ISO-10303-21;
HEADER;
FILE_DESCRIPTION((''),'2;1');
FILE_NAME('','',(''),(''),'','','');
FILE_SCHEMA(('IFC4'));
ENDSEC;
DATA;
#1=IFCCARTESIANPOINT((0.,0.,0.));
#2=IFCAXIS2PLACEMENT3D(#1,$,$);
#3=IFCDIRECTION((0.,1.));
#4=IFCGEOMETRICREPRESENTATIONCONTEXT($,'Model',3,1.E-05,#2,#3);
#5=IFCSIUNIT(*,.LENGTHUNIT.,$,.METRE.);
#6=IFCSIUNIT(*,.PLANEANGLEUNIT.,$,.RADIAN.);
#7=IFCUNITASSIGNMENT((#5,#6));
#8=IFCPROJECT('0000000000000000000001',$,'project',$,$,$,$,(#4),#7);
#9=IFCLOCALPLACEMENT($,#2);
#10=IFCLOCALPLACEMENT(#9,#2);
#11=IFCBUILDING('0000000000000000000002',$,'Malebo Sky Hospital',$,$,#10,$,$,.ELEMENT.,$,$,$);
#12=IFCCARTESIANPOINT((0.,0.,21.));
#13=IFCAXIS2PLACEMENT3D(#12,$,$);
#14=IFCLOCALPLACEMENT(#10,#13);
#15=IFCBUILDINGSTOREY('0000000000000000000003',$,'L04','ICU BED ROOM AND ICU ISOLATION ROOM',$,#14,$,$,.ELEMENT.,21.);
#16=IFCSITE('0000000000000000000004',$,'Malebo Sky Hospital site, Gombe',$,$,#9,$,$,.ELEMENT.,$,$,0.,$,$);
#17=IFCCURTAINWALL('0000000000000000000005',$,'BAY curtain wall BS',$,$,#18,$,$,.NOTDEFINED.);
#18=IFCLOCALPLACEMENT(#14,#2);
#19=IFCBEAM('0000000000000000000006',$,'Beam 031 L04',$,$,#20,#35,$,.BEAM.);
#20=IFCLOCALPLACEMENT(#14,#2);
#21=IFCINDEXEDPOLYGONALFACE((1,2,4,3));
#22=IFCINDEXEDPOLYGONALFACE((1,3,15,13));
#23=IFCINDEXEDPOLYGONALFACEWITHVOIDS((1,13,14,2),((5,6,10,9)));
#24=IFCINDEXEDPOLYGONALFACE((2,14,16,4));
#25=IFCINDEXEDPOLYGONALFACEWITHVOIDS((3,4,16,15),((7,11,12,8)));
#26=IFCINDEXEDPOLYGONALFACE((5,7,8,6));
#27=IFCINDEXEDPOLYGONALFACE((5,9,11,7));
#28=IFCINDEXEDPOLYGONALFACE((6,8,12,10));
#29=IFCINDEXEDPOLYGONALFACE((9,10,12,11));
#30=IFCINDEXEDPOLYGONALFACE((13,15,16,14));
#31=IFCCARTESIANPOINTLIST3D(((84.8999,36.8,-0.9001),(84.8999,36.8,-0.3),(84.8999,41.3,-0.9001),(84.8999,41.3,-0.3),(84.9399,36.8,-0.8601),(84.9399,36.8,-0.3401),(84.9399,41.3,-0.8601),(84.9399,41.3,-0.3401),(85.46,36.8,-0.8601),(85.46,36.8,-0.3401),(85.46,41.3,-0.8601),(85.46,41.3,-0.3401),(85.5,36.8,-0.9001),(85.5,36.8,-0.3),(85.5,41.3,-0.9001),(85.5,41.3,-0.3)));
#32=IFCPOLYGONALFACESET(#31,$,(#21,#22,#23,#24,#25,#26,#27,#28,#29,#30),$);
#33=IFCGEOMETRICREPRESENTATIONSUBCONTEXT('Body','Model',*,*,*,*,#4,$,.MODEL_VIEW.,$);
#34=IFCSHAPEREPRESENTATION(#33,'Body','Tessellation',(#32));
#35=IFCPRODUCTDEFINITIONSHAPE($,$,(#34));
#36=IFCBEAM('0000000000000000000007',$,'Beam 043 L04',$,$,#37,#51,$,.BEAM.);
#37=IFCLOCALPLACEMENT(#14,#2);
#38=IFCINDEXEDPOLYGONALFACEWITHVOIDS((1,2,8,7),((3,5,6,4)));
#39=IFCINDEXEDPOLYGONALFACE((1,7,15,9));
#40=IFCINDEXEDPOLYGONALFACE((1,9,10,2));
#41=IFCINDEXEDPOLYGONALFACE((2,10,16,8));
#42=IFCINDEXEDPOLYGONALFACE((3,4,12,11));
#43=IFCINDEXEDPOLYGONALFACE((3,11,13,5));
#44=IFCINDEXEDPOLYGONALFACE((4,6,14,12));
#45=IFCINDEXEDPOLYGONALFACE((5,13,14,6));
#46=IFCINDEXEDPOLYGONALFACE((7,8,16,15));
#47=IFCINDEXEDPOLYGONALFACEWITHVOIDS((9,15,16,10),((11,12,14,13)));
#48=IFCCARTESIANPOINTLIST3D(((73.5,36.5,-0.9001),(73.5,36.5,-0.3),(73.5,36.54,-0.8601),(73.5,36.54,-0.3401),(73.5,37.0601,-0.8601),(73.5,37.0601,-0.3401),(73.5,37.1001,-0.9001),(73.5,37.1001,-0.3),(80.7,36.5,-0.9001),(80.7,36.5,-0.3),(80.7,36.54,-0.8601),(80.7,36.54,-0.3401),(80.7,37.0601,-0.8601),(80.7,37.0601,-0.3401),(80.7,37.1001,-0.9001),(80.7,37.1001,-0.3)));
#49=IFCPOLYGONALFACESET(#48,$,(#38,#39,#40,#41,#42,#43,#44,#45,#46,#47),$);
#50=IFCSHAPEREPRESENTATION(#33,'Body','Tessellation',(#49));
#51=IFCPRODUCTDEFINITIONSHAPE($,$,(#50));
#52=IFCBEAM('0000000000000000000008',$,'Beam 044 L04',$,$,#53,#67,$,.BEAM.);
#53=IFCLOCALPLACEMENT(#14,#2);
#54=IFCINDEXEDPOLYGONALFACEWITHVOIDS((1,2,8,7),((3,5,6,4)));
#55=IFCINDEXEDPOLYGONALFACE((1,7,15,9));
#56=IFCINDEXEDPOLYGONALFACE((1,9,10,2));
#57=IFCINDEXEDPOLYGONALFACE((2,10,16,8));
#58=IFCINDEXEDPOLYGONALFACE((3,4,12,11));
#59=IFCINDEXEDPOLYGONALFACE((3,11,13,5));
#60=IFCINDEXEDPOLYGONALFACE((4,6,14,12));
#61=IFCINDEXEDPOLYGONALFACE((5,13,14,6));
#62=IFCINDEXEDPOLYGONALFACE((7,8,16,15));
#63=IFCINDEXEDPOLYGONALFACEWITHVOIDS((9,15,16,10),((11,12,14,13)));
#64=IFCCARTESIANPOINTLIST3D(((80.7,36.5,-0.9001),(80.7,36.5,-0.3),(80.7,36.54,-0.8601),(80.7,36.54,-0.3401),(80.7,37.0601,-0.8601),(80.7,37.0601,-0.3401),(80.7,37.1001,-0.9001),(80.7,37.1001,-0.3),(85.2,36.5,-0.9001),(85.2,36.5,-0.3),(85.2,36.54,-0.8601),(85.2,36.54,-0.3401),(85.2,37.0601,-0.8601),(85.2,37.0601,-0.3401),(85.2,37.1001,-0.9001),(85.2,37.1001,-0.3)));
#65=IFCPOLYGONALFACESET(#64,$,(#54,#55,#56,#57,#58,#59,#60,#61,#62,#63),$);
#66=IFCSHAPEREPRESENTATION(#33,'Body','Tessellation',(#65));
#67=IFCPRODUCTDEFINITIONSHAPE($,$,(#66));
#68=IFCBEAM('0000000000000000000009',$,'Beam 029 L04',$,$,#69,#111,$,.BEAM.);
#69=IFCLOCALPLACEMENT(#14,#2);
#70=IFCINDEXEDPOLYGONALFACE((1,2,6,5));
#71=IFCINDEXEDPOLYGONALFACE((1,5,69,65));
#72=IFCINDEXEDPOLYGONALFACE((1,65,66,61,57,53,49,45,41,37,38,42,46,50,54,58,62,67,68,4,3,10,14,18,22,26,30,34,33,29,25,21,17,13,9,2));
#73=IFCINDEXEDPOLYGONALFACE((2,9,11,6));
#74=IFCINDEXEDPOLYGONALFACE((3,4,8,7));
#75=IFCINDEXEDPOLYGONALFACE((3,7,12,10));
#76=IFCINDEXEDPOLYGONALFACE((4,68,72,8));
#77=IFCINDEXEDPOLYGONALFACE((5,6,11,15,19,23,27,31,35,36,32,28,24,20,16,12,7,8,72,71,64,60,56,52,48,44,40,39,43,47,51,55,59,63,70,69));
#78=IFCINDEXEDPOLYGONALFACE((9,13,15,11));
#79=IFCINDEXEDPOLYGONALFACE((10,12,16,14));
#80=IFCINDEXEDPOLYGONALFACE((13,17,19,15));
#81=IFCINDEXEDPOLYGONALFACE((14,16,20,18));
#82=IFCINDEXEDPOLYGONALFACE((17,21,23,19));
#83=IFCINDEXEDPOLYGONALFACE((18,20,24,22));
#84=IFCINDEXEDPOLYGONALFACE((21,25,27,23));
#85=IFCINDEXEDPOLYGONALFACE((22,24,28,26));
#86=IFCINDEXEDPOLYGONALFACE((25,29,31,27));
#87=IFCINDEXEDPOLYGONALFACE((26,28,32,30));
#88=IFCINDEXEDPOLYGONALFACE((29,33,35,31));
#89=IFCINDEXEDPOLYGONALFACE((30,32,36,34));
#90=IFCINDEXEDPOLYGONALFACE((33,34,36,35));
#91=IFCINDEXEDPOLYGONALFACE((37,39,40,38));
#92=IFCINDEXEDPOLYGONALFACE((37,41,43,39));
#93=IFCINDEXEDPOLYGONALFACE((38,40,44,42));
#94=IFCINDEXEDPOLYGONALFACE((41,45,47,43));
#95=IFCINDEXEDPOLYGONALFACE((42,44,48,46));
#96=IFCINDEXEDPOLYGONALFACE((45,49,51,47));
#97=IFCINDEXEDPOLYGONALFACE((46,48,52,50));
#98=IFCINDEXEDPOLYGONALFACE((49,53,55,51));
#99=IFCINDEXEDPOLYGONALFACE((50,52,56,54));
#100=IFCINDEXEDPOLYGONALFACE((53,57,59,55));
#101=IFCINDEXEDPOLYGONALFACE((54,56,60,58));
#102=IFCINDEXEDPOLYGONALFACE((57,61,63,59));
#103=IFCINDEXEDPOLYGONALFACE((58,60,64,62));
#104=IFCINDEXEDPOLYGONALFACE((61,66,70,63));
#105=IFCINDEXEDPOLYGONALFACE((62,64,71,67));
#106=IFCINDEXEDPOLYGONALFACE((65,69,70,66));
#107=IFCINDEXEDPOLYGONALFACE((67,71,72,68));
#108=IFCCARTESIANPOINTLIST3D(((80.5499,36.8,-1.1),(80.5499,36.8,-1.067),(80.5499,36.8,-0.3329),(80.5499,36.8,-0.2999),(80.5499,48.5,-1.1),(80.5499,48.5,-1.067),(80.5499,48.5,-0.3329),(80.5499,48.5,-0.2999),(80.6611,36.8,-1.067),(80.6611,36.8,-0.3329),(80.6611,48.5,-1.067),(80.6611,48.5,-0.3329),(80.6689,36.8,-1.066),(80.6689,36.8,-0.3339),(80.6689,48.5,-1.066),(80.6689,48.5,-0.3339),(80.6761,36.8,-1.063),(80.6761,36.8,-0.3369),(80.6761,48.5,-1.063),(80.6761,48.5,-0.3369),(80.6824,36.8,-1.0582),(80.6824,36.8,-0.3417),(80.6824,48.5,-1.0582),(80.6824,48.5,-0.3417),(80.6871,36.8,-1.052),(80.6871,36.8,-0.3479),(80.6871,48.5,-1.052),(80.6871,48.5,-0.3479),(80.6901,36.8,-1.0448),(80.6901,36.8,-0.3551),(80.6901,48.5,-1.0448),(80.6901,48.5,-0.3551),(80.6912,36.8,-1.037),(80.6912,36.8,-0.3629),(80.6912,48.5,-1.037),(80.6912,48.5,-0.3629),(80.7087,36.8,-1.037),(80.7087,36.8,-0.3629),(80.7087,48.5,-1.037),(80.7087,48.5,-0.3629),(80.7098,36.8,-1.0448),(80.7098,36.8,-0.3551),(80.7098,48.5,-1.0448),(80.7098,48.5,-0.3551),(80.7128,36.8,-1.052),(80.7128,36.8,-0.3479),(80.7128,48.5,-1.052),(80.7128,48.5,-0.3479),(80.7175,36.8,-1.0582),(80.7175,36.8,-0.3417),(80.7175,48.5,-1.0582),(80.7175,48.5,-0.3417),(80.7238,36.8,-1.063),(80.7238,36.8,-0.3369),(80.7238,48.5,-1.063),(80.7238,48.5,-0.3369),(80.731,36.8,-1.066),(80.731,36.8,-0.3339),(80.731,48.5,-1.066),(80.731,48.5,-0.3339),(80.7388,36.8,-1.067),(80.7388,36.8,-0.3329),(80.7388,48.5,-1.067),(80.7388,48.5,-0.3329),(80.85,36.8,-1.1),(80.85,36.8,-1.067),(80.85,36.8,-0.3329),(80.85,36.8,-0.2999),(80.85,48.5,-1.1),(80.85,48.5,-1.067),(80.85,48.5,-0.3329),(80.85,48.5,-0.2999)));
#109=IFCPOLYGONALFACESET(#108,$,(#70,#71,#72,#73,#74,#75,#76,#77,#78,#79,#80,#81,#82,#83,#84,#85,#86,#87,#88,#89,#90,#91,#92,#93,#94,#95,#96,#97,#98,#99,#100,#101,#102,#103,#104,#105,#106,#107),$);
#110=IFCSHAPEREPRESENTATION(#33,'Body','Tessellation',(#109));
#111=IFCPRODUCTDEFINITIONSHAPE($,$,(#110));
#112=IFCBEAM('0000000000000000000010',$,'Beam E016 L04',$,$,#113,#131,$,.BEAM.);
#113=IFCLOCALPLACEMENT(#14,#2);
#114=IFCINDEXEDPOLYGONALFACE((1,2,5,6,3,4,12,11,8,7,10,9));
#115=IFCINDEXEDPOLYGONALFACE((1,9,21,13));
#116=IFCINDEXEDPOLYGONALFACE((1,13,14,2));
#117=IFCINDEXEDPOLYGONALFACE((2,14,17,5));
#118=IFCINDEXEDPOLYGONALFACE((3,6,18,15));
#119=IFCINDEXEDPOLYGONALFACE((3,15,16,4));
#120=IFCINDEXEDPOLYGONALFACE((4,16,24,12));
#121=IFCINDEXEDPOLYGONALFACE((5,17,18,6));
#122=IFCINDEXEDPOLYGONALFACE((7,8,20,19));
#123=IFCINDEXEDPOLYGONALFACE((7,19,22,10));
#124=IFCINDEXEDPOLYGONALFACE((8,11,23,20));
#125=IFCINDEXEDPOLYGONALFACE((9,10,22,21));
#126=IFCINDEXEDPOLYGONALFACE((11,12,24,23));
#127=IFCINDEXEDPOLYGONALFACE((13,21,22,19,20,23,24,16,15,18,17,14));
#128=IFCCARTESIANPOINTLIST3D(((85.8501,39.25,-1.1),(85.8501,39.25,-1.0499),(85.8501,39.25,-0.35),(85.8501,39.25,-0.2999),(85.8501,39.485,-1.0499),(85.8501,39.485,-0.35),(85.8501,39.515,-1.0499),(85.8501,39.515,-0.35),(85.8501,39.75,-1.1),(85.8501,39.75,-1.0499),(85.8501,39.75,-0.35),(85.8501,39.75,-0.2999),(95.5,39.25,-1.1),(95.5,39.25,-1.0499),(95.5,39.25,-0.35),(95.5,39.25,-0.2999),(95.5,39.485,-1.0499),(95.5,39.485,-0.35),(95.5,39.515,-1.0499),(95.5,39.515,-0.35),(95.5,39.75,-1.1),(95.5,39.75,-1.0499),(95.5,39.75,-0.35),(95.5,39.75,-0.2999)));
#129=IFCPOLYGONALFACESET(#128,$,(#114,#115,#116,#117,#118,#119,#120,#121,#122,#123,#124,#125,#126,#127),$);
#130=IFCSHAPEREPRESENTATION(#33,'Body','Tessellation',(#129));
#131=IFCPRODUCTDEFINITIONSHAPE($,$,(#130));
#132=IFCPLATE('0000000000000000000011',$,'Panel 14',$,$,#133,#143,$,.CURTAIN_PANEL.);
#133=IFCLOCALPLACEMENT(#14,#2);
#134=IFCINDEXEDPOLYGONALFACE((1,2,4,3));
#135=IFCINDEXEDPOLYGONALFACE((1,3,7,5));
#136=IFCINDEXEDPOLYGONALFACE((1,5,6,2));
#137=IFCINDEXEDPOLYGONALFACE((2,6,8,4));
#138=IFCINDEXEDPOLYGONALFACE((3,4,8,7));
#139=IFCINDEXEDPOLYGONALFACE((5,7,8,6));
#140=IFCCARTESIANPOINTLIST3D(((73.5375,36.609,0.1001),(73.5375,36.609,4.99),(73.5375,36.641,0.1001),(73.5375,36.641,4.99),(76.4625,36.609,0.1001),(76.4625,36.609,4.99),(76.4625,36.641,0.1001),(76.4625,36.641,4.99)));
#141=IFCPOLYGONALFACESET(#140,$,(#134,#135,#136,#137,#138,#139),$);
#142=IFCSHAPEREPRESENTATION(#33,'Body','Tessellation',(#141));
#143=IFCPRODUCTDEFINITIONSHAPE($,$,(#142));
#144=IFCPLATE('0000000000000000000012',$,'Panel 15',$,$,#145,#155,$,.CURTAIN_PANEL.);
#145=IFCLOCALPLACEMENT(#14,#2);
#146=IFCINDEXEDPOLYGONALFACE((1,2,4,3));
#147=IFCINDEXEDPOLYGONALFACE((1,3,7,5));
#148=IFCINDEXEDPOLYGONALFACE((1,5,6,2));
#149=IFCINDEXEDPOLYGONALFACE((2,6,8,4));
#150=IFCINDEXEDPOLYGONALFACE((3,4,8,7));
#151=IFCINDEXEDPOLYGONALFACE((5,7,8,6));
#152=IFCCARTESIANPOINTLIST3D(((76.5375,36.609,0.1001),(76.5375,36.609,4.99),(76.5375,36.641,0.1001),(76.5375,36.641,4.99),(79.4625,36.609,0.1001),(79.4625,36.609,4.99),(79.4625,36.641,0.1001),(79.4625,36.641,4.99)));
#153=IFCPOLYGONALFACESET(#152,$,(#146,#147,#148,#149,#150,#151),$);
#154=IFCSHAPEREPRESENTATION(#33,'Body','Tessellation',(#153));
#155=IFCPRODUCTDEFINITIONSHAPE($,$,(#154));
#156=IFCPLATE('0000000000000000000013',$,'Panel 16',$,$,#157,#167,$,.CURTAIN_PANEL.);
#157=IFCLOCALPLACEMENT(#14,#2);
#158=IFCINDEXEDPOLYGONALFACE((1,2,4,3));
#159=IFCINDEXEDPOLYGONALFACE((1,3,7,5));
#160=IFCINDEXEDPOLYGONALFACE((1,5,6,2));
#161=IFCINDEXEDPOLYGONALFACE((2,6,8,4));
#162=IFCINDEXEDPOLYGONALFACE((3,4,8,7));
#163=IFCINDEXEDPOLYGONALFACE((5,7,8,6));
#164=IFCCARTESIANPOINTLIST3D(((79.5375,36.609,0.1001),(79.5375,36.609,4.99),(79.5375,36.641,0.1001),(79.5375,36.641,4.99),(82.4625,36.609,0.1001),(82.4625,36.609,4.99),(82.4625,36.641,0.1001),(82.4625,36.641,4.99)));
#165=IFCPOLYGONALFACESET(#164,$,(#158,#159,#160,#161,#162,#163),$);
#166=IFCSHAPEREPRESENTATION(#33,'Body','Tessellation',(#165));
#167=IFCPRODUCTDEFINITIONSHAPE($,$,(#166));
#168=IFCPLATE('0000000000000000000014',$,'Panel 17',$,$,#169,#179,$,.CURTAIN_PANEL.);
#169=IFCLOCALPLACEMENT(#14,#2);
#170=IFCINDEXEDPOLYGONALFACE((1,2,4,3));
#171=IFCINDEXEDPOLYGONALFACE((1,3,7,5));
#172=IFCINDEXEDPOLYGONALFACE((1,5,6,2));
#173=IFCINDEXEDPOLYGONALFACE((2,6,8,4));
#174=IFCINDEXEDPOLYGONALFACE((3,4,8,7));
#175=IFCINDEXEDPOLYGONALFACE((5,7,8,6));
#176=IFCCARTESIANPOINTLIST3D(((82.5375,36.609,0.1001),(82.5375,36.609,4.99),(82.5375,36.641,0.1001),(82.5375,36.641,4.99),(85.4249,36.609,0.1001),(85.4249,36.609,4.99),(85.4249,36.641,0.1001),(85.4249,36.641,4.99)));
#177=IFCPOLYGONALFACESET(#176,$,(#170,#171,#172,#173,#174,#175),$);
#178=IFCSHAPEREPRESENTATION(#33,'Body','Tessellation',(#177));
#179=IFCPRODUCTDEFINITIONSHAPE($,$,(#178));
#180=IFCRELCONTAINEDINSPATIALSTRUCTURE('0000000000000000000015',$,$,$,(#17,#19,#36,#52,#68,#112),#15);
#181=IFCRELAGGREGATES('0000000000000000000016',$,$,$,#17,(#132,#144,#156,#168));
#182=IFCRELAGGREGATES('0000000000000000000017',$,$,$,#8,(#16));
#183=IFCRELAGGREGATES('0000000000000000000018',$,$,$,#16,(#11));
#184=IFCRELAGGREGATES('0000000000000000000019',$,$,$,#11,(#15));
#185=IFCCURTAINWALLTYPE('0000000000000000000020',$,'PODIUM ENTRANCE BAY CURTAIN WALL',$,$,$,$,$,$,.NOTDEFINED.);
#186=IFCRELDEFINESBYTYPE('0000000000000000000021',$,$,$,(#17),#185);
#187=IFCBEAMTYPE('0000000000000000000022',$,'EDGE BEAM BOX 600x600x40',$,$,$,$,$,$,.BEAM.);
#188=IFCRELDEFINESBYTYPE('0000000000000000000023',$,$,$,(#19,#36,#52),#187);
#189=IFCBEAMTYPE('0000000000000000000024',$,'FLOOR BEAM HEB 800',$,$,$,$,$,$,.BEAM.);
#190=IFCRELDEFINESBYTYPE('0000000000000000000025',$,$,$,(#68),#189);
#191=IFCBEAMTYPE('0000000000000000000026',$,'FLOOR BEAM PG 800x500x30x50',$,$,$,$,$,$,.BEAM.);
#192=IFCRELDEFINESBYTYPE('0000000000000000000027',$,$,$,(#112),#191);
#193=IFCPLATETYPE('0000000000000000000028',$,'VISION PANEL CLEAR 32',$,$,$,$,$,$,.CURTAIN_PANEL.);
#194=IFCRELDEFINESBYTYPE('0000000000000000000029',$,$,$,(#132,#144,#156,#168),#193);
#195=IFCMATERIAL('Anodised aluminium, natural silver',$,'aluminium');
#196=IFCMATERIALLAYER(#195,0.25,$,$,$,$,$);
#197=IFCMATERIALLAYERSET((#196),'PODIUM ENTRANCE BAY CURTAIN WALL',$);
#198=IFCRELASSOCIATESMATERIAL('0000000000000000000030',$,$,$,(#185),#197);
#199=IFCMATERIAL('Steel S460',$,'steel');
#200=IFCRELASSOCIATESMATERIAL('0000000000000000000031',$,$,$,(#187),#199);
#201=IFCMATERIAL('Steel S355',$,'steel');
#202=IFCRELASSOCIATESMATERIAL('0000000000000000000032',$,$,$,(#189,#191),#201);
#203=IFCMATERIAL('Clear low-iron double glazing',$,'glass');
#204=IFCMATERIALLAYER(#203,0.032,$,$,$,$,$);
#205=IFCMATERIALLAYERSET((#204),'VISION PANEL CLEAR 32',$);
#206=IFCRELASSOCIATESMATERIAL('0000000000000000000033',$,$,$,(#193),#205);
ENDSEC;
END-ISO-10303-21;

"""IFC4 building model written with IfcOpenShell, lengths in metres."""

from ifc_helpers import new_model, si_unit, direction, frame, origin, origin_2d, place, context, subcontext, project, spatial, rectangle, hollow_rectangle, i_section, extrude, material, layer, layer_set, material_profile, profile_set, type_object, element, aggregate, save


model = new_model("IFC4")

# Units and contexts
model_context = context("Model", 3, precision=1e-05, world=origin(), true_north=direction((0.0, 1.0)))
body_context = subcontext(model_context, "Body", "Model", "MODEL_VIEW")
ifc_project = project(units=[si_unit("LENGTHUNIT", "METRE"), si_unit("PLANEANGLEUNIT", "RADIAN")], contexts=[model_context])

# Site, building, storey
site_placement = place(None, origin())
site = spatial("IfcSite", under=ifc_project, at=site_placement, Name="Malebo Sky Hospital site, Gombe", CompositionType="ELEMENT", RefElevation=0.0)
building_placement = place(site_placement, origin())
building = spatial("IfcBuilding", under=site, at=building_placement, Name="Malebo Sky Hospital", CompositionType="ELEMENT")
storey_placement = place(building_placement, frame((0.0, 0.0, 21.0)))
storey = spatial("IfcBuildingStorey", under=building, at=storey_placement, Name="L04", Description="ICU BED ROOM AND ICU ISOLATION ROOM", CompositionType="ELEMENT", Elevation=21.0)

# Shared definitions
ifc_material_1 = material(Name="Steel S460", Category="steel")

# Curtain wall
ifc_material_2 = material(Name="Anodised aluminium, natural silver", Category="aluminium")
ifc_layer_1 = layer(ifc_material_2, 0.25)
ifc_layer_set_1 = layer_set([ifc_layer_1], Name="PODIUM ENTRANCE BAY CURTAIN WALL")
curtain_wall_type_1 = type_object("IfcCurtainWallType", Name="PODIUM ENTRANCE BAY CURTAIN WALL", PredefinedType="NOTDEFINED", material=ifc_layer_set_1)
curtain_wall_1_placement = place(storey_placement, origin())
curtain_wall_1 = element("IfcCurtainWall", 1, at=curtain_wall_1_placement, inside=storey, type_object=curtain_wall_type_1, Name="BAY curtain wall BS", PredefinedType="NOTDEFINED")

# Beams
ifc_material_profile_1 = material_profile(ifc_material_1, hollow_rectangle(XDim=0.6001, YDim=0.6001, WallThickness=0.04, at=origin_2d()), Name="BOX 600x600x40")
ifc_profile_set_1 = profile_set([ifc_material_profile_1], Name="Steel S460")
beam_type_1 = type_object("IfcBeamType", Name="EDGE BEAM BOX 600x600x40", PredefinedType="BEAM", material=ifc_profile_set_1)
beam_1_placement = place(storey_placement, frame((85.2, 36.8, -0.6001), z_axis=(0.0, 1.0, 0.0), x_axis=(-1.0, 0.0, 0.0)))
element("IfcBeam", 2, at=beam_1_placement, inside=storey, type_object=beam_type_1, Name="Beam 031 L04", PredefinedType="BEAM", context=body_context, shape_type="SweptSolid", body=[
    extrude(hollow_rectangle(XDim=0.6001, YDim=0.6001, WallThickness=0.04, at=origin_2d()), origin(), (0.0, 0.0, 1.0), 4.5),
])
beam_2_placement = place(storey_placement, frame((73.5, 36.8, -0.6001), z_axis=(1.0, 0.0, 0.0), x_axis=(0.0, 1.0, 0.0)))
element("IfcBeam", 3, at=beam_2_placement, inside=storey, type_object=beam_type_1, Name="Beam 043 L04", PredefinedType="BEAM", context=body_context, shape_type="SweptSolid", body=[
    extrude(hollow_rectangle(XDim=0.6001, YDim=0.6001, WallThickness=0.04, at=origin_2d()), origin(), (0.0, 0.0, 1.0), 7.2),
])
beam_3_placement = place(storey_placement, frame((80.7, 36.8, -0.6001), z_axis=(1.0, 0.0, 0.0), x_axis=(0.0, 1.0, 0.0)))
element("IfcBeam", 4, at=beam_3_placement, inside=storey, type_object=beam_type_1, Name="Beam 044 L04", PredefinedType="BEAM", context=body_context, shape_type="SweptSolid", body=[
    extrude(hollow_rectangle(XDim=0.6001, YDim=0.6001, WallThickness=0.04, at=origin_2d()), origin(), (0.0, 0.0, 1.0), 4.5),
])
ifc_material_3 = material(Name="Steel S355", Category="steel")
ifc_material_profile_2 = material_profile(ifc_material_3, i_section(OverallWidth=0.3, OverallDepth=0.8, WebThickness=0.0176, FlangeThickness=0.033, FilletRadius=0.03, at=origin_2d()), Name="HEB 800")
ifc_profile_set_2 = profile_set([ifc_material_profile_2], Name="Steel S355")
beam_type_2 = type_object("IfcBeamType", Name="FLOOR BEAM HEB 800", PredefinedType="BEAM", material=ifc_profile_set_2)
beam_4_placement = place(storey_placement, frame((80.7, 36.8, -0.7), z_axis=(0.0, 1.0, 0.0), x_axis=(-1.0, 0.0, 0.0)))
element("IfcBeam", 5, at=beam_4_placement, inside=storey, type_object=beam_type_2, Name="Beam 029 L04", PredefinedType="BEAM", context=body_context, shape_type="SweptSolid", body=[
    extrude(i_section(OverallWidth=0.3, OverallDepth=0.8, WebThickness=0.0176, FlangeThickness=0.033, FilletRadius=0.03, at=origin_2d()), origin(), (0.0, 0.0, 1.0), 11.7),
])
ifc_material_profile_3 = material_profile(ifc_material_3, i_section(OverallWidth=0.5, OverallDepth=0.8, WebThickness=0.03, FlangeThickness=0.05, at=origin_2d()), Name="PG 800x500x30x50")
ifc_profile_set_3 = profile_set([ifc_material_profile_3], Name="Steel S355")
beam_type_3 = type_object("IfcBeamType", Name="FLOOR BEAM PG 800x500x30x50", PredefinedType="BEAM", material=ifc_profile_set_3)
beam_5_placement = place(storey_placement, frame((85.8501, 39.5, -0.7), z_axis=(1.0, 0.0, 0.0), x_axis=(0.0, 1.0, 0.0)))
element("IfcBeam", 6, at=beam_5_placement, inside=storey, type_object=beam_type_3, Name="Beam E016 L04", PredefinedType="BEAM", context=body_context, shape_type="SweptSolid", body=[
    extrude(i_section(OverallWidth=0.5, OverallDepth=0.8, WebThickness=0.03, FlangeThickness=0.05, at=origin_2d()), origin(), (0.0, 0.0, 1.0), 9.6499),
])

# Plates
ifc_material_4 = material(Name="Clear low-iron double glazing", Category="glass")
ifc_layer_2 = layer(ifc_material_4, 0.032)
ifc_layer_set_2 = layer_set([ifc_layer_2], Name="VISION PANEL CLEAR 32")
plate_type = type_object("IfcPlateType", Name="VISION PANEL CLEAR 32", PredefinedType="CURTAIN_PANEL", material=ifc_layer_set_2)
plate_1_placement = place(storey_placement, frame((75.0, 36.625, 0.1001), z_axis=(0.0, 0.0, 1.0), x_axis=(1.0, 0.0, 0.0)))
plate_1 = element("IfcPlate", 7, at=plate_1_placement, type_object=plate_type, Name="Panel 14", PredefinedType="CURTAIN_PANEL", context=body_context, shape_type="SweptSolid", body=[
    extrude(rectangle(XDim=2.925, YDim=0.032, at=origin_2d()), origin(), (0.0, 0.0, 1.0), 4.8899),
])
plate_2_placement = place(storey_placement, frame((78.0, 36.625, 0.1001), z_axis=(0.0, 0.0, 1.0), x_axis=(1.0, 0.0, 0.0)))
plate_2 = element("IfcPlate", 8, at=plate_2_placement, type_object=plate_type, Name="Panel 15", PredefinedType="CURTAIN_PANEL", context=body_context, shape_type="SweptSolid", body=[
    extrude(rectangle(XDim=2.925, YDim=0.032, at=origin_2d()), origin(), (0.0, 0.0, 1.0), 4.8899),
])
plate_3_placement = place(storey_placement, frame((81.0, 36.625, 0.1001), z_axis=(0.0, 0.0, 1.0), x_axis=(1.0, 0.0, 0.0)))
plate_3 = element("IfcPlate", 9, at=plate_3_placement, type_object=plate_type, Name="Panel 16", PredefinedType="CURTAIN_PANEL", context=body_context, shape_type="SweptSolid", body=[
    extrude(rectangle(XDim=2.925, YDim=0.032, at=origin_2d()), origin(), (0.0, 0.0, 1.0), 4.8899),
])
plate_4_placement = place(storey_placement, frame((83.9812, 36.625, 0.1001), z_axis=(0.0, 0.0, 1.0), x_axis=(1.0, 0.0, 0.0)))
plate_4 = element("IfcPlate", 10, at=plate_4_placement, type_object=plate_type, Name="Panel 17", PredefinedType="CURTAIN_PANEL", context=body_context, shape_type="SweptSolid", body=[
    extrude(rectangle(XDim=2.8875, YDim=0.032, at=origin_2d()), origin(), (0.0, 0.0, 1.0), 4.8899),
])
aggregate(curtain_wall_1, [plate_1, plate_2, plate_3, plate_4])

save(model, "model.ifc")
